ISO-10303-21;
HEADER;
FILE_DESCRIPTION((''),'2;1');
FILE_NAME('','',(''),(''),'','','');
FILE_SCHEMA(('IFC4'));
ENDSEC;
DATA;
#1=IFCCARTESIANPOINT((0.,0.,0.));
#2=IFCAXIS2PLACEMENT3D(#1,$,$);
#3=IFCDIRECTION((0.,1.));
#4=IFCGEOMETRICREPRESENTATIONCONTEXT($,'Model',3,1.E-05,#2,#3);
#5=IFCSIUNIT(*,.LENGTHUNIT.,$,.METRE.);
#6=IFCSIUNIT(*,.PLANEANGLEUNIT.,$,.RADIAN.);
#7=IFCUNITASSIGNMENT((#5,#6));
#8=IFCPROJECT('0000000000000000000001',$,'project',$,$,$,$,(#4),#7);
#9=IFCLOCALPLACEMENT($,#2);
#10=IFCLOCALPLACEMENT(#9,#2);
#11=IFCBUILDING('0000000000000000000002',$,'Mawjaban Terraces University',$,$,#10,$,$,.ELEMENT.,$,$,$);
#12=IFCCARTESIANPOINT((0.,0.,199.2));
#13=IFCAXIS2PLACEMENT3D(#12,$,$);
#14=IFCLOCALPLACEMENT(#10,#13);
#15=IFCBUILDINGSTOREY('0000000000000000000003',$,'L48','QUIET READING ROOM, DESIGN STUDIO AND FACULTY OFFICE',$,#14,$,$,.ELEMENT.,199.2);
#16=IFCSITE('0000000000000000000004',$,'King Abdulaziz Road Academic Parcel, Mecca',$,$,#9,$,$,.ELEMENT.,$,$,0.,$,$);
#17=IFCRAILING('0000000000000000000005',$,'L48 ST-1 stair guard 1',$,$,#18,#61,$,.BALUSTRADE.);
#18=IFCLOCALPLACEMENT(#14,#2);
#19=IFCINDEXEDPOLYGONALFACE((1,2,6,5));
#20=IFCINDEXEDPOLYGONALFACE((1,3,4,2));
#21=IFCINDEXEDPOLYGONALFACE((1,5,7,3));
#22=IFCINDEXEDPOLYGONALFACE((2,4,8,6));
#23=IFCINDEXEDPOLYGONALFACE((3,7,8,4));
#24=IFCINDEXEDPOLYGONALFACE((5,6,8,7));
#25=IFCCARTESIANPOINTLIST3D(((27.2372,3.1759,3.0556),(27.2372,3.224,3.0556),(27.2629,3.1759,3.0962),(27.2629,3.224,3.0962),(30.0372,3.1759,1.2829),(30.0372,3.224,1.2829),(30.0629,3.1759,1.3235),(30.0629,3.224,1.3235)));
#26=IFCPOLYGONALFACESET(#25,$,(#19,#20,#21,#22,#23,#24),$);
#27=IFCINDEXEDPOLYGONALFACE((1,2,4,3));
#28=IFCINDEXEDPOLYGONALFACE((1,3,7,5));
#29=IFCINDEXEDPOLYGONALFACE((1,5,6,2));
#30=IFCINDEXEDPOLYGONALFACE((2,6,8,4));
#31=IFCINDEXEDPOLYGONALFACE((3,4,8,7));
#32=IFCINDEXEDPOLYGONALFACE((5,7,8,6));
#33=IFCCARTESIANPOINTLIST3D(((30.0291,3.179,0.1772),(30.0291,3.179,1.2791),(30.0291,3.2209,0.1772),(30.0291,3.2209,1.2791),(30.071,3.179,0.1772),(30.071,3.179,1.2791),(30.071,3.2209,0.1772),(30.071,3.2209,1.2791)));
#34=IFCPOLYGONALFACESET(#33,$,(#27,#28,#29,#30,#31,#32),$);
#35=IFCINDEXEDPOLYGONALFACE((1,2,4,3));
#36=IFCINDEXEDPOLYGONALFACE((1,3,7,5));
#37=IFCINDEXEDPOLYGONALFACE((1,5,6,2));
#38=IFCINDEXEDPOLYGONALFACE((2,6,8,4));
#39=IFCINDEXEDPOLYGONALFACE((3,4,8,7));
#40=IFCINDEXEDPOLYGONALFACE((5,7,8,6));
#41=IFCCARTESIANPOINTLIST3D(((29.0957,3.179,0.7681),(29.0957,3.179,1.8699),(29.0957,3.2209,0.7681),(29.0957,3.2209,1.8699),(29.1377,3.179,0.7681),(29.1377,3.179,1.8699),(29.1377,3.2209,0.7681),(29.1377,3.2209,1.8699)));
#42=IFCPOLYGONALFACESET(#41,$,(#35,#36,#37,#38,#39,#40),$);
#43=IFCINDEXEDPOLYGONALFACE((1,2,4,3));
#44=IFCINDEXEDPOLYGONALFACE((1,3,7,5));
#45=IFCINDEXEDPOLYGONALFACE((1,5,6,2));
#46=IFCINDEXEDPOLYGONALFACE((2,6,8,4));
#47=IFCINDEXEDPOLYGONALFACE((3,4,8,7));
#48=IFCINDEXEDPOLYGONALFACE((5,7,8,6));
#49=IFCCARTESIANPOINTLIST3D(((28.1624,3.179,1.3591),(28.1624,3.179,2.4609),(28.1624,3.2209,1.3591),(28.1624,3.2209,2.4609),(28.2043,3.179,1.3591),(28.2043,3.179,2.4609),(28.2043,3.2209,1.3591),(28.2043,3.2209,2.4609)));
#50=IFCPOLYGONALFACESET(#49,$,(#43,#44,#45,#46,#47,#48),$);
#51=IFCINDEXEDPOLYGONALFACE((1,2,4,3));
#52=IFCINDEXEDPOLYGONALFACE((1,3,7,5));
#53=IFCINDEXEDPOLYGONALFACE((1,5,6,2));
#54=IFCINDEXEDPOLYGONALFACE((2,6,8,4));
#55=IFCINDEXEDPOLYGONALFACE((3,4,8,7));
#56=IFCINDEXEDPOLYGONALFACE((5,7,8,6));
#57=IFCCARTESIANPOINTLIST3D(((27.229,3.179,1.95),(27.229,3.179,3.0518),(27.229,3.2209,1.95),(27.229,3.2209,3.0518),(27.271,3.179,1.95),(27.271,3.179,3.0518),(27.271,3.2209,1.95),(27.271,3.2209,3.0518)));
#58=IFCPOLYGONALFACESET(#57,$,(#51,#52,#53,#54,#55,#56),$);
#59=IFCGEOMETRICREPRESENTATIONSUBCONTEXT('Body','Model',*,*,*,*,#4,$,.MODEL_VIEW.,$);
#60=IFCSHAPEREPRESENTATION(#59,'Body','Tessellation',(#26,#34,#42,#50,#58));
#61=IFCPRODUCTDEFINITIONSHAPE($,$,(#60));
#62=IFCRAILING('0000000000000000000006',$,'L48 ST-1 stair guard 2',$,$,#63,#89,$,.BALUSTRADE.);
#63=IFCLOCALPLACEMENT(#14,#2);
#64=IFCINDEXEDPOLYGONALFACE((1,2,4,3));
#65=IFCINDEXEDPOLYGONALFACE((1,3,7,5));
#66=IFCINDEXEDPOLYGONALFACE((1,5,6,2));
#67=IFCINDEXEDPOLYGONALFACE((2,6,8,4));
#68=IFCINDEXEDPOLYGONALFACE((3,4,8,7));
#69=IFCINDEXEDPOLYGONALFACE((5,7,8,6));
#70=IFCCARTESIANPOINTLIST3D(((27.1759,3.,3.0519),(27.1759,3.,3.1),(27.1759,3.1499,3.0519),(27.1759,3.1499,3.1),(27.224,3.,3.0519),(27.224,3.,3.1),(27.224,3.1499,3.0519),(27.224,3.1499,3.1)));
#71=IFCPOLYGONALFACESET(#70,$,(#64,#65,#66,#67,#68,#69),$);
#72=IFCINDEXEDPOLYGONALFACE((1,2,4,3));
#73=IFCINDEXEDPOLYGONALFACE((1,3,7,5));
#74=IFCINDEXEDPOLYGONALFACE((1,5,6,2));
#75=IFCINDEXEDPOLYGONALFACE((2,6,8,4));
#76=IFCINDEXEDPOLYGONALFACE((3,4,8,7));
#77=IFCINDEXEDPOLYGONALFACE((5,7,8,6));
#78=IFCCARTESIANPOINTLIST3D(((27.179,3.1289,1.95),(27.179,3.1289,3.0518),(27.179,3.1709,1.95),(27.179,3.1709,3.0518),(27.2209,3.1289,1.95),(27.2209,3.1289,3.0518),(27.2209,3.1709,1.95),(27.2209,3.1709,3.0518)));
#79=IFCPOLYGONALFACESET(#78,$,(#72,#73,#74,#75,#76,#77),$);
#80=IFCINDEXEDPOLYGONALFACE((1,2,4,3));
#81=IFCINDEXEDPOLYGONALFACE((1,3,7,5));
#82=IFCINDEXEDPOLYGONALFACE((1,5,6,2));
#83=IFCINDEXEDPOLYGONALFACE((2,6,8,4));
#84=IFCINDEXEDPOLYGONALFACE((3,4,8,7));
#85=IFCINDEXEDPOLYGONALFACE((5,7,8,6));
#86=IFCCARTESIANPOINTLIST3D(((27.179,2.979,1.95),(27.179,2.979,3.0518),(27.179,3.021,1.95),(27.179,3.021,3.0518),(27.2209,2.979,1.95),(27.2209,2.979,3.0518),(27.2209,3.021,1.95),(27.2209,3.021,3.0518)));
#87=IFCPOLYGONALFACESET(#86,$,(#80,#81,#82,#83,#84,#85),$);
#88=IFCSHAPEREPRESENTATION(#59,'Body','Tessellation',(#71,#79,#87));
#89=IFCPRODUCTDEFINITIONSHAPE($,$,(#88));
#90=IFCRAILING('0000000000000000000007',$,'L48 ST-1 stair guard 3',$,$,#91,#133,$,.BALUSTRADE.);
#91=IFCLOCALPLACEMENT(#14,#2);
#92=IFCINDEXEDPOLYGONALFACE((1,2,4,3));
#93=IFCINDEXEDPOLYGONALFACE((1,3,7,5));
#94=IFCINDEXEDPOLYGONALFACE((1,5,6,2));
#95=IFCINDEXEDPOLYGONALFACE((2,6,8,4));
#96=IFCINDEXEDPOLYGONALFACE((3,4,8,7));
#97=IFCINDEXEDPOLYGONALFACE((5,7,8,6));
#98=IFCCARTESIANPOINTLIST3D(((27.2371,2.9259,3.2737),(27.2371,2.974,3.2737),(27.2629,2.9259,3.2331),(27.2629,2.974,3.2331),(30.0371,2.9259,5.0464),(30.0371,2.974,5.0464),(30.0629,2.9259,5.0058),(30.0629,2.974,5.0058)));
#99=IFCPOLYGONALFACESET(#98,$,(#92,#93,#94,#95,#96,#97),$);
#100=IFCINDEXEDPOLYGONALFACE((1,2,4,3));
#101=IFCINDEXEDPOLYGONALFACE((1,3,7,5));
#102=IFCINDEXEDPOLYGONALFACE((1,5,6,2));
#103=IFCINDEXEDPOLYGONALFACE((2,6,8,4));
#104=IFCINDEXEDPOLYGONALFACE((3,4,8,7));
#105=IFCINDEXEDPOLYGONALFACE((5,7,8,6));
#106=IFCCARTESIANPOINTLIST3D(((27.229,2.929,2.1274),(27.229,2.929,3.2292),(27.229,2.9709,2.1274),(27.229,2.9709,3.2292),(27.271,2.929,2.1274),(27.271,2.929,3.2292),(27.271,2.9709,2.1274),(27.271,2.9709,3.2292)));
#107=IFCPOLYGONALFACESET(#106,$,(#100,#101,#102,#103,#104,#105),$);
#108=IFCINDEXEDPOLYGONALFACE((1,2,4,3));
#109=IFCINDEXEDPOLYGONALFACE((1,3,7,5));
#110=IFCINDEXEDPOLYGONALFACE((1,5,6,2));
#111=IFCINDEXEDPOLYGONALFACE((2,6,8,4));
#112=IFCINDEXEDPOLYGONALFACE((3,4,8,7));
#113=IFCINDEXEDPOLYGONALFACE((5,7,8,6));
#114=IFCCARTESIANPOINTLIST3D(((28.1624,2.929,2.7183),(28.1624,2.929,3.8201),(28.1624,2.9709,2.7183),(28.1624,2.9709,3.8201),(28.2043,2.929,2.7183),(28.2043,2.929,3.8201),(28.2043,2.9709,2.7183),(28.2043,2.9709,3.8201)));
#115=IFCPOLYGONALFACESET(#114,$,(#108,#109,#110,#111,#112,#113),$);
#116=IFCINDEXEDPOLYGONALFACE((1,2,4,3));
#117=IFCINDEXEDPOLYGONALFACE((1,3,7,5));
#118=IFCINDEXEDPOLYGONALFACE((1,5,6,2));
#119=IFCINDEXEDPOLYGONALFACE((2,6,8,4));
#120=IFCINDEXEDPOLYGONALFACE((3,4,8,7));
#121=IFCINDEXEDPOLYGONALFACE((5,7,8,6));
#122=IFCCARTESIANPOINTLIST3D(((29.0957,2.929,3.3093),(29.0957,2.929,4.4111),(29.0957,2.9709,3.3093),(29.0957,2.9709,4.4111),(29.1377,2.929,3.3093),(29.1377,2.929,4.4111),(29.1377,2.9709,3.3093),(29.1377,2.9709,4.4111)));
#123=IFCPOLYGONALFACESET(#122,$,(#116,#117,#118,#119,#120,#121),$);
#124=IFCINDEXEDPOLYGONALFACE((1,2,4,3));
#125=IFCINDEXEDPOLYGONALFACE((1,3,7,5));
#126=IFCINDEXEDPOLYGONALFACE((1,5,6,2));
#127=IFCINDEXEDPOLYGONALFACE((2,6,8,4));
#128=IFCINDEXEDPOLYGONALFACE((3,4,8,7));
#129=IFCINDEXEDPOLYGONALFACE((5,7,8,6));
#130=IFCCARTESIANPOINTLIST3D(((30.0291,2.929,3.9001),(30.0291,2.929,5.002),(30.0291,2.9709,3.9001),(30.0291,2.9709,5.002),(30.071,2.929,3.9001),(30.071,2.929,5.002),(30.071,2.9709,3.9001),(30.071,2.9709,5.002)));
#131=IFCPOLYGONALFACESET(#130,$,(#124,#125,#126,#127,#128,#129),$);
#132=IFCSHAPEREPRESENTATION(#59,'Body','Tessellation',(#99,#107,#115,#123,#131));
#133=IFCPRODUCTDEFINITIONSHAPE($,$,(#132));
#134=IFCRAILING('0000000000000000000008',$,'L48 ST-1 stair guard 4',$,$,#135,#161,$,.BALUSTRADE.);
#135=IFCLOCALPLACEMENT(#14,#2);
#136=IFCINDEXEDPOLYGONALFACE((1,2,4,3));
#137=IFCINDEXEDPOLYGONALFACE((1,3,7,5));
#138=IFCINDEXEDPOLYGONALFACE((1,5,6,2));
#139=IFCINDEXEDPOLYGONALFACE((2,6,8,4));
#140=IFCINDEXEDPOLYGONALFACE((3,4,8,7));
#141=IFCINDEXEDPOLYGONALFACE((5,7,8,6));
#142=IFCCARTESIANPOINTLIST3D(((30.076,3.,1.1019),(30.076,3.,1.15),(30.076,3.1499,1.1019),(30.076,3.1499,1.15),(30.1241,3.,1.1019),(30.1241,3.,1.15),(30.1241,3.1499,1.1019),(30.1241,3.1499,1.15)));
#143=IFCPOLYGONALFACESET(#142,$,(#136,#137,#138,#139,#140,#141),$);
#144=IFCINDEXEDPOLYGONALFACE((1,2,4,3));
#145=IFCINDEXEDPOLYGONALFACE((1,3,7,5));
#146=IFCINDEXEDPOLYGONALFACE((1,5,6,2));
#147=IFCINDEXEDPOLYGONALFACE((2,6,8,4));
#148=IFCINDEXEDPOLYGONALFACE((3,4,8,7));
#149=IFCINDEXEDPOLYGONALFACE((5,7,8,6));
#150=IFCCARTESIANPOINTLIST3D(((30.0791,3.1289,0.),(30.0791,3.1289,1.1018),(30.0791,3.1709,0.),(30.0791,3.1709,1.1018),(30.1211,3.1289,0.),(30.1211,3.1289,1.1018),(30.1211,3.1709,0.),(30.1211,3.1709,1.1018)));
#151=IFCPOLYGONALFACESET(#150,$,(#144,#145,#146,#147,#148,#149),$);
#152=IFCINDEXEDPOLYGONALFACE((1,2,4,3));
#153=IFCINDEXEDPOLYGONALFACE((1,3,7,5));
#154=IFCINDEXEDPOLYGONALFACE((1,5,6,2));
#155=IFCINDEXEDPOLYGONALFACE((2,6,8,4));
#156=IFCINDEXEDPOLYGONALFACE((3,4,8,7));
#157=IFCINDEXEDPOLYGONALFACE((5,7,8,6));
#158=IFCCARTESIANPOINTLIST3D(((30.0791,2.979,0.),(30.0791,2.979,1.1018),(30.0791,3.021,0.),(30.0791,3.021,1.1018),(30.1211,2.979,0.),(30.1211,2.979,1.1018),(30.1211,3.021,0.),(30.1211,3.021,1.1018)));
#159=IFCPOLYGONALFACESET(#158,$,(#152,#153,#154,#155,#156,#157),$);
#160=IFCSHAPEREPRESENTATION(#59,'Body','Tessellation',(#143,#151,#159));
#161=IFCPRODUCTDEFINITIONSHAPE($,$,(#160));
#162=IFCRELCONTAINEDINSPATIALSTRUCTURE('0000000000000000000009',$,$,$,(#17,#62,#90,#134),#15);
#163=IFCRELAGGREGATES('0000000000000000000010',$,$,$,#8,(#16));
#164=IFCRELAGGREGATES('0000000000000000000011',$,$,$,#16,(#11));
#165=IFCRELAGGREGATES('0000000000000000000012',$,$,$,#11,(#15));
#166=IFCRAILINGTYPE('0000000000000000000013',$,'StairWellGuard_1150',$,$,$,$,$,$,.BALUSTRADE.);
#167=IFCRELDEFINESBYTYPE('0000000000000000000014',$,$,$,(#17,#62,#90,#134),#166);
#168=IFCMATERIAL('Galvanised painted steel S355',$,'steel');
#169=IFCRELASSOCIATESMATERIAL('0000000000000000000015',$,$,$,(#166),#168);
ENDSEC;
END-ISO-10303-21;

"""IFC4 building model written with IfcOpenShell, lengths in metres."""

from ifc_helpers import new_model, si_unit, direction, frame, origin, origin_2d, place, context, subcontext, project, spatial, rectangle, extrude, material, type_object, element, save


model = new_model("IFC4")

# Units and contexts
model_context = context("Model", 3, precision=1e-05, world=origin(), true_north=direction((0.0, 1.0)))
body_context = subcontext(model_context, "Body", "Model", "MODEL_VIEW")
ifc_project = project(units=[si_unit("LENGTHUNIT", "METRE"), si_unit("PLANEANGLEUNIT", "RADIAN")], contexts=[model_context])

# Site, building, storey
site_placement = place(None, origin())
site = spatial("IfcSite", under=ifc_project, at=site_placement, Name="King Abdulaziz Road Academic Parcel, Mecca", CompositionType="ELEMENT", RefElevation=0.0)
building_placement = place(site_placement, origin())
building = spatial("IfcBuilding", under=site, at=building_placement, Name="Mawjaban Terraces University", CompositionType="ELEMENT")
storey_placement = place(building_placement, frame((0.0, 0.0, 199.2)))
storey = spatial("IfcBuildingStorey", under=building, at=storey_placement, Name="L48", Description="QUIET READING ROOM, DESIGN STUDIO AND FACULTY OFFICE", CompositionType="ELEMENT", Elevation=199.2)

# Railings
ifc_material_1 = material(Name="Galvanised painted steel S355", Category="steel")
railing_type_1 = type_object("IfcRailingType", Name="StairWellGuard_1150", PredefinedType="BALUSTRADE", material=ifc_material_1)
railing_1_placement = place(storey_placement, frame((30.05, 3.2, 0.1772)))
element("IfcRailing", 1, at=railing_1_placement, inside=storey, type_object=railing_type_1, Name="L48 ST-1 stair guard 1", PredefinedType="BALUSTRADE", context=body_context, shape_type="SweptSolid", body=[
    extrude(rectangle(XDim=0.0481, YDim=0.0481, at=origin_2d()), frame((0.0, 0.0, 1.126), z_axis=(-0.844909, 0.0, 0.53491), x_axis=(0.0, -1.0, 0.0)), (0.0, 0.0, 1.0), 3.314),
    extrude(rectangle(XDim=0.042, YDim=0.042, at=origin_2d()), origin(), (0.0, 0.0, 1.0), 1.1018),
    extrude(rectangle(XDim=0.042, YDim=0.042, at=origin_2d()), frame((-0.9333, 0.0, 0.5908)), (0.0, 0.0, 1.0), 1.1018),
    extrude(rectangle(XDim=0.042, YDim=0.042, at=origin_2d()), frame((-1.8667, 0.0, 1.1819)), (0.0, 0.0, 1.0), 1.1018),
    extrude(rectangle(XDim=0.042, YDim=0.042, at=origin_2d()), frame((-2.8, 0.0, 1.7727)), (0.0, 0.0, 1.0), 1.1018),
])
railing_2_placement = place(storey_placement, frame((27.2, 3.1499, 1.95)))
element("IfcRailing", 2, at=railing_2_placement, inside=storey, type_object=railing_type_1, Name="L48 ST-1 stair guard 2", PredefinedType="BALUSTRADE", context=body_context, shape_type="SweptSolid", body=[
    extrude(rectangle(XDim=0.0481, YDim=0.0481, at=origin_2d()), frame((0.0, 0.0, 1.126), z_axis=(0.0, -1.0, 0.0), x_axis=(1.0, 0.0, 0.0)), (0.0, 0.0, 1.0), 0.1499),
    extrude(rectangle(XDim=0.042, YDim=0.042, at=origin_2d()), origin(), (0.0, 0.0, 1.0), 1.1018),
    extrude(rectangle(XDim=0.042, YDim=0.042, at=origin_2d()), frame((0.0, -0.1499, 0.0)), (0.0, 0.0, 1.0), 1.1018),
])
railing_3_placement = place(storey_placement, frame((27.25, 2.95, 2.1274)))
element("IfcRailing", 3, at=railing_3_placement, inside=storey, type_object=railing_type_1, Name="L48 ST-1 stair guard 3", PredefinedType="BALUSTRADE", context=body_context, shape_type="SweptSolid", body=[
    extrude(rectangle(XDim=0.0481, YDim=0.0481, at=origin_2d()), frame((0.0, 0.0, 1.126), z_axis=(0.844909, 0.0, 0.53491), x_axis=(0.0, 1.0, 0.0)), (0.0, 0.0, 1.0), 3.314),
    extrude(rectangle(XDim=0.042, YDim=0.042, at=origin_2d()), origin(), (0.0, 0.0, 1.0), 1.1018),
    extrude(rectangle(XDim=0.042, YDim=0.042, at=origin_2d()), frame((0.9333, 0.0, 0.5908)), (0.0, 0.0, 1.0), 1.1018),
    extrude(rectangle(XDim=0.042, YDim=0.042, at=origin_2d()), frame((1.8667, 0.0, 1.1819)), (0.0, 0.0, 1.0), 1.1018),
    extrude(rectangle(XDim=0.042, YDim=0.042, at=origin_2d()), frame((2.8, 0.0, 1.7727)), (0.0, 0.0, 1.0), 1.1018),
])
railing_4_placement = place(storey_placement, frame((30.1001, 3.1499, 0.0)))
element("IfcRailing", 4, at=railing_4_placement, inside=storey, type_object=railing_type_1, Name="L48 ST-1 stair guard 4", PredefinedType="BALUSTRADE", context=body_context, shape_type="SweptSolid", body=[
    extrude(rectangle(XDim=0.0481, YDim=0.0481, at=origin_2d()), frame((0.0, 0.0, 1.126), z_axis=(0.0, -1.0, 0.0), x_axis=(1.0, 0.0, 0.0)), (0.0, 0.0, 1.0), 0.1499),
    extrude(rectangle(XDim=0.042, YDim=0.042, at=origin_2d()), origin(), (0.0, 0.0, 1.0), 1.1018),
    extrude(rectangle(XDim=0.042, YDim=0.042, at=origin_2d()), frame((0.0, -0.1499, 0.0)), (0.0, 0.0, 1.0), 1.1018),
])

save(model, "model.ifc")
